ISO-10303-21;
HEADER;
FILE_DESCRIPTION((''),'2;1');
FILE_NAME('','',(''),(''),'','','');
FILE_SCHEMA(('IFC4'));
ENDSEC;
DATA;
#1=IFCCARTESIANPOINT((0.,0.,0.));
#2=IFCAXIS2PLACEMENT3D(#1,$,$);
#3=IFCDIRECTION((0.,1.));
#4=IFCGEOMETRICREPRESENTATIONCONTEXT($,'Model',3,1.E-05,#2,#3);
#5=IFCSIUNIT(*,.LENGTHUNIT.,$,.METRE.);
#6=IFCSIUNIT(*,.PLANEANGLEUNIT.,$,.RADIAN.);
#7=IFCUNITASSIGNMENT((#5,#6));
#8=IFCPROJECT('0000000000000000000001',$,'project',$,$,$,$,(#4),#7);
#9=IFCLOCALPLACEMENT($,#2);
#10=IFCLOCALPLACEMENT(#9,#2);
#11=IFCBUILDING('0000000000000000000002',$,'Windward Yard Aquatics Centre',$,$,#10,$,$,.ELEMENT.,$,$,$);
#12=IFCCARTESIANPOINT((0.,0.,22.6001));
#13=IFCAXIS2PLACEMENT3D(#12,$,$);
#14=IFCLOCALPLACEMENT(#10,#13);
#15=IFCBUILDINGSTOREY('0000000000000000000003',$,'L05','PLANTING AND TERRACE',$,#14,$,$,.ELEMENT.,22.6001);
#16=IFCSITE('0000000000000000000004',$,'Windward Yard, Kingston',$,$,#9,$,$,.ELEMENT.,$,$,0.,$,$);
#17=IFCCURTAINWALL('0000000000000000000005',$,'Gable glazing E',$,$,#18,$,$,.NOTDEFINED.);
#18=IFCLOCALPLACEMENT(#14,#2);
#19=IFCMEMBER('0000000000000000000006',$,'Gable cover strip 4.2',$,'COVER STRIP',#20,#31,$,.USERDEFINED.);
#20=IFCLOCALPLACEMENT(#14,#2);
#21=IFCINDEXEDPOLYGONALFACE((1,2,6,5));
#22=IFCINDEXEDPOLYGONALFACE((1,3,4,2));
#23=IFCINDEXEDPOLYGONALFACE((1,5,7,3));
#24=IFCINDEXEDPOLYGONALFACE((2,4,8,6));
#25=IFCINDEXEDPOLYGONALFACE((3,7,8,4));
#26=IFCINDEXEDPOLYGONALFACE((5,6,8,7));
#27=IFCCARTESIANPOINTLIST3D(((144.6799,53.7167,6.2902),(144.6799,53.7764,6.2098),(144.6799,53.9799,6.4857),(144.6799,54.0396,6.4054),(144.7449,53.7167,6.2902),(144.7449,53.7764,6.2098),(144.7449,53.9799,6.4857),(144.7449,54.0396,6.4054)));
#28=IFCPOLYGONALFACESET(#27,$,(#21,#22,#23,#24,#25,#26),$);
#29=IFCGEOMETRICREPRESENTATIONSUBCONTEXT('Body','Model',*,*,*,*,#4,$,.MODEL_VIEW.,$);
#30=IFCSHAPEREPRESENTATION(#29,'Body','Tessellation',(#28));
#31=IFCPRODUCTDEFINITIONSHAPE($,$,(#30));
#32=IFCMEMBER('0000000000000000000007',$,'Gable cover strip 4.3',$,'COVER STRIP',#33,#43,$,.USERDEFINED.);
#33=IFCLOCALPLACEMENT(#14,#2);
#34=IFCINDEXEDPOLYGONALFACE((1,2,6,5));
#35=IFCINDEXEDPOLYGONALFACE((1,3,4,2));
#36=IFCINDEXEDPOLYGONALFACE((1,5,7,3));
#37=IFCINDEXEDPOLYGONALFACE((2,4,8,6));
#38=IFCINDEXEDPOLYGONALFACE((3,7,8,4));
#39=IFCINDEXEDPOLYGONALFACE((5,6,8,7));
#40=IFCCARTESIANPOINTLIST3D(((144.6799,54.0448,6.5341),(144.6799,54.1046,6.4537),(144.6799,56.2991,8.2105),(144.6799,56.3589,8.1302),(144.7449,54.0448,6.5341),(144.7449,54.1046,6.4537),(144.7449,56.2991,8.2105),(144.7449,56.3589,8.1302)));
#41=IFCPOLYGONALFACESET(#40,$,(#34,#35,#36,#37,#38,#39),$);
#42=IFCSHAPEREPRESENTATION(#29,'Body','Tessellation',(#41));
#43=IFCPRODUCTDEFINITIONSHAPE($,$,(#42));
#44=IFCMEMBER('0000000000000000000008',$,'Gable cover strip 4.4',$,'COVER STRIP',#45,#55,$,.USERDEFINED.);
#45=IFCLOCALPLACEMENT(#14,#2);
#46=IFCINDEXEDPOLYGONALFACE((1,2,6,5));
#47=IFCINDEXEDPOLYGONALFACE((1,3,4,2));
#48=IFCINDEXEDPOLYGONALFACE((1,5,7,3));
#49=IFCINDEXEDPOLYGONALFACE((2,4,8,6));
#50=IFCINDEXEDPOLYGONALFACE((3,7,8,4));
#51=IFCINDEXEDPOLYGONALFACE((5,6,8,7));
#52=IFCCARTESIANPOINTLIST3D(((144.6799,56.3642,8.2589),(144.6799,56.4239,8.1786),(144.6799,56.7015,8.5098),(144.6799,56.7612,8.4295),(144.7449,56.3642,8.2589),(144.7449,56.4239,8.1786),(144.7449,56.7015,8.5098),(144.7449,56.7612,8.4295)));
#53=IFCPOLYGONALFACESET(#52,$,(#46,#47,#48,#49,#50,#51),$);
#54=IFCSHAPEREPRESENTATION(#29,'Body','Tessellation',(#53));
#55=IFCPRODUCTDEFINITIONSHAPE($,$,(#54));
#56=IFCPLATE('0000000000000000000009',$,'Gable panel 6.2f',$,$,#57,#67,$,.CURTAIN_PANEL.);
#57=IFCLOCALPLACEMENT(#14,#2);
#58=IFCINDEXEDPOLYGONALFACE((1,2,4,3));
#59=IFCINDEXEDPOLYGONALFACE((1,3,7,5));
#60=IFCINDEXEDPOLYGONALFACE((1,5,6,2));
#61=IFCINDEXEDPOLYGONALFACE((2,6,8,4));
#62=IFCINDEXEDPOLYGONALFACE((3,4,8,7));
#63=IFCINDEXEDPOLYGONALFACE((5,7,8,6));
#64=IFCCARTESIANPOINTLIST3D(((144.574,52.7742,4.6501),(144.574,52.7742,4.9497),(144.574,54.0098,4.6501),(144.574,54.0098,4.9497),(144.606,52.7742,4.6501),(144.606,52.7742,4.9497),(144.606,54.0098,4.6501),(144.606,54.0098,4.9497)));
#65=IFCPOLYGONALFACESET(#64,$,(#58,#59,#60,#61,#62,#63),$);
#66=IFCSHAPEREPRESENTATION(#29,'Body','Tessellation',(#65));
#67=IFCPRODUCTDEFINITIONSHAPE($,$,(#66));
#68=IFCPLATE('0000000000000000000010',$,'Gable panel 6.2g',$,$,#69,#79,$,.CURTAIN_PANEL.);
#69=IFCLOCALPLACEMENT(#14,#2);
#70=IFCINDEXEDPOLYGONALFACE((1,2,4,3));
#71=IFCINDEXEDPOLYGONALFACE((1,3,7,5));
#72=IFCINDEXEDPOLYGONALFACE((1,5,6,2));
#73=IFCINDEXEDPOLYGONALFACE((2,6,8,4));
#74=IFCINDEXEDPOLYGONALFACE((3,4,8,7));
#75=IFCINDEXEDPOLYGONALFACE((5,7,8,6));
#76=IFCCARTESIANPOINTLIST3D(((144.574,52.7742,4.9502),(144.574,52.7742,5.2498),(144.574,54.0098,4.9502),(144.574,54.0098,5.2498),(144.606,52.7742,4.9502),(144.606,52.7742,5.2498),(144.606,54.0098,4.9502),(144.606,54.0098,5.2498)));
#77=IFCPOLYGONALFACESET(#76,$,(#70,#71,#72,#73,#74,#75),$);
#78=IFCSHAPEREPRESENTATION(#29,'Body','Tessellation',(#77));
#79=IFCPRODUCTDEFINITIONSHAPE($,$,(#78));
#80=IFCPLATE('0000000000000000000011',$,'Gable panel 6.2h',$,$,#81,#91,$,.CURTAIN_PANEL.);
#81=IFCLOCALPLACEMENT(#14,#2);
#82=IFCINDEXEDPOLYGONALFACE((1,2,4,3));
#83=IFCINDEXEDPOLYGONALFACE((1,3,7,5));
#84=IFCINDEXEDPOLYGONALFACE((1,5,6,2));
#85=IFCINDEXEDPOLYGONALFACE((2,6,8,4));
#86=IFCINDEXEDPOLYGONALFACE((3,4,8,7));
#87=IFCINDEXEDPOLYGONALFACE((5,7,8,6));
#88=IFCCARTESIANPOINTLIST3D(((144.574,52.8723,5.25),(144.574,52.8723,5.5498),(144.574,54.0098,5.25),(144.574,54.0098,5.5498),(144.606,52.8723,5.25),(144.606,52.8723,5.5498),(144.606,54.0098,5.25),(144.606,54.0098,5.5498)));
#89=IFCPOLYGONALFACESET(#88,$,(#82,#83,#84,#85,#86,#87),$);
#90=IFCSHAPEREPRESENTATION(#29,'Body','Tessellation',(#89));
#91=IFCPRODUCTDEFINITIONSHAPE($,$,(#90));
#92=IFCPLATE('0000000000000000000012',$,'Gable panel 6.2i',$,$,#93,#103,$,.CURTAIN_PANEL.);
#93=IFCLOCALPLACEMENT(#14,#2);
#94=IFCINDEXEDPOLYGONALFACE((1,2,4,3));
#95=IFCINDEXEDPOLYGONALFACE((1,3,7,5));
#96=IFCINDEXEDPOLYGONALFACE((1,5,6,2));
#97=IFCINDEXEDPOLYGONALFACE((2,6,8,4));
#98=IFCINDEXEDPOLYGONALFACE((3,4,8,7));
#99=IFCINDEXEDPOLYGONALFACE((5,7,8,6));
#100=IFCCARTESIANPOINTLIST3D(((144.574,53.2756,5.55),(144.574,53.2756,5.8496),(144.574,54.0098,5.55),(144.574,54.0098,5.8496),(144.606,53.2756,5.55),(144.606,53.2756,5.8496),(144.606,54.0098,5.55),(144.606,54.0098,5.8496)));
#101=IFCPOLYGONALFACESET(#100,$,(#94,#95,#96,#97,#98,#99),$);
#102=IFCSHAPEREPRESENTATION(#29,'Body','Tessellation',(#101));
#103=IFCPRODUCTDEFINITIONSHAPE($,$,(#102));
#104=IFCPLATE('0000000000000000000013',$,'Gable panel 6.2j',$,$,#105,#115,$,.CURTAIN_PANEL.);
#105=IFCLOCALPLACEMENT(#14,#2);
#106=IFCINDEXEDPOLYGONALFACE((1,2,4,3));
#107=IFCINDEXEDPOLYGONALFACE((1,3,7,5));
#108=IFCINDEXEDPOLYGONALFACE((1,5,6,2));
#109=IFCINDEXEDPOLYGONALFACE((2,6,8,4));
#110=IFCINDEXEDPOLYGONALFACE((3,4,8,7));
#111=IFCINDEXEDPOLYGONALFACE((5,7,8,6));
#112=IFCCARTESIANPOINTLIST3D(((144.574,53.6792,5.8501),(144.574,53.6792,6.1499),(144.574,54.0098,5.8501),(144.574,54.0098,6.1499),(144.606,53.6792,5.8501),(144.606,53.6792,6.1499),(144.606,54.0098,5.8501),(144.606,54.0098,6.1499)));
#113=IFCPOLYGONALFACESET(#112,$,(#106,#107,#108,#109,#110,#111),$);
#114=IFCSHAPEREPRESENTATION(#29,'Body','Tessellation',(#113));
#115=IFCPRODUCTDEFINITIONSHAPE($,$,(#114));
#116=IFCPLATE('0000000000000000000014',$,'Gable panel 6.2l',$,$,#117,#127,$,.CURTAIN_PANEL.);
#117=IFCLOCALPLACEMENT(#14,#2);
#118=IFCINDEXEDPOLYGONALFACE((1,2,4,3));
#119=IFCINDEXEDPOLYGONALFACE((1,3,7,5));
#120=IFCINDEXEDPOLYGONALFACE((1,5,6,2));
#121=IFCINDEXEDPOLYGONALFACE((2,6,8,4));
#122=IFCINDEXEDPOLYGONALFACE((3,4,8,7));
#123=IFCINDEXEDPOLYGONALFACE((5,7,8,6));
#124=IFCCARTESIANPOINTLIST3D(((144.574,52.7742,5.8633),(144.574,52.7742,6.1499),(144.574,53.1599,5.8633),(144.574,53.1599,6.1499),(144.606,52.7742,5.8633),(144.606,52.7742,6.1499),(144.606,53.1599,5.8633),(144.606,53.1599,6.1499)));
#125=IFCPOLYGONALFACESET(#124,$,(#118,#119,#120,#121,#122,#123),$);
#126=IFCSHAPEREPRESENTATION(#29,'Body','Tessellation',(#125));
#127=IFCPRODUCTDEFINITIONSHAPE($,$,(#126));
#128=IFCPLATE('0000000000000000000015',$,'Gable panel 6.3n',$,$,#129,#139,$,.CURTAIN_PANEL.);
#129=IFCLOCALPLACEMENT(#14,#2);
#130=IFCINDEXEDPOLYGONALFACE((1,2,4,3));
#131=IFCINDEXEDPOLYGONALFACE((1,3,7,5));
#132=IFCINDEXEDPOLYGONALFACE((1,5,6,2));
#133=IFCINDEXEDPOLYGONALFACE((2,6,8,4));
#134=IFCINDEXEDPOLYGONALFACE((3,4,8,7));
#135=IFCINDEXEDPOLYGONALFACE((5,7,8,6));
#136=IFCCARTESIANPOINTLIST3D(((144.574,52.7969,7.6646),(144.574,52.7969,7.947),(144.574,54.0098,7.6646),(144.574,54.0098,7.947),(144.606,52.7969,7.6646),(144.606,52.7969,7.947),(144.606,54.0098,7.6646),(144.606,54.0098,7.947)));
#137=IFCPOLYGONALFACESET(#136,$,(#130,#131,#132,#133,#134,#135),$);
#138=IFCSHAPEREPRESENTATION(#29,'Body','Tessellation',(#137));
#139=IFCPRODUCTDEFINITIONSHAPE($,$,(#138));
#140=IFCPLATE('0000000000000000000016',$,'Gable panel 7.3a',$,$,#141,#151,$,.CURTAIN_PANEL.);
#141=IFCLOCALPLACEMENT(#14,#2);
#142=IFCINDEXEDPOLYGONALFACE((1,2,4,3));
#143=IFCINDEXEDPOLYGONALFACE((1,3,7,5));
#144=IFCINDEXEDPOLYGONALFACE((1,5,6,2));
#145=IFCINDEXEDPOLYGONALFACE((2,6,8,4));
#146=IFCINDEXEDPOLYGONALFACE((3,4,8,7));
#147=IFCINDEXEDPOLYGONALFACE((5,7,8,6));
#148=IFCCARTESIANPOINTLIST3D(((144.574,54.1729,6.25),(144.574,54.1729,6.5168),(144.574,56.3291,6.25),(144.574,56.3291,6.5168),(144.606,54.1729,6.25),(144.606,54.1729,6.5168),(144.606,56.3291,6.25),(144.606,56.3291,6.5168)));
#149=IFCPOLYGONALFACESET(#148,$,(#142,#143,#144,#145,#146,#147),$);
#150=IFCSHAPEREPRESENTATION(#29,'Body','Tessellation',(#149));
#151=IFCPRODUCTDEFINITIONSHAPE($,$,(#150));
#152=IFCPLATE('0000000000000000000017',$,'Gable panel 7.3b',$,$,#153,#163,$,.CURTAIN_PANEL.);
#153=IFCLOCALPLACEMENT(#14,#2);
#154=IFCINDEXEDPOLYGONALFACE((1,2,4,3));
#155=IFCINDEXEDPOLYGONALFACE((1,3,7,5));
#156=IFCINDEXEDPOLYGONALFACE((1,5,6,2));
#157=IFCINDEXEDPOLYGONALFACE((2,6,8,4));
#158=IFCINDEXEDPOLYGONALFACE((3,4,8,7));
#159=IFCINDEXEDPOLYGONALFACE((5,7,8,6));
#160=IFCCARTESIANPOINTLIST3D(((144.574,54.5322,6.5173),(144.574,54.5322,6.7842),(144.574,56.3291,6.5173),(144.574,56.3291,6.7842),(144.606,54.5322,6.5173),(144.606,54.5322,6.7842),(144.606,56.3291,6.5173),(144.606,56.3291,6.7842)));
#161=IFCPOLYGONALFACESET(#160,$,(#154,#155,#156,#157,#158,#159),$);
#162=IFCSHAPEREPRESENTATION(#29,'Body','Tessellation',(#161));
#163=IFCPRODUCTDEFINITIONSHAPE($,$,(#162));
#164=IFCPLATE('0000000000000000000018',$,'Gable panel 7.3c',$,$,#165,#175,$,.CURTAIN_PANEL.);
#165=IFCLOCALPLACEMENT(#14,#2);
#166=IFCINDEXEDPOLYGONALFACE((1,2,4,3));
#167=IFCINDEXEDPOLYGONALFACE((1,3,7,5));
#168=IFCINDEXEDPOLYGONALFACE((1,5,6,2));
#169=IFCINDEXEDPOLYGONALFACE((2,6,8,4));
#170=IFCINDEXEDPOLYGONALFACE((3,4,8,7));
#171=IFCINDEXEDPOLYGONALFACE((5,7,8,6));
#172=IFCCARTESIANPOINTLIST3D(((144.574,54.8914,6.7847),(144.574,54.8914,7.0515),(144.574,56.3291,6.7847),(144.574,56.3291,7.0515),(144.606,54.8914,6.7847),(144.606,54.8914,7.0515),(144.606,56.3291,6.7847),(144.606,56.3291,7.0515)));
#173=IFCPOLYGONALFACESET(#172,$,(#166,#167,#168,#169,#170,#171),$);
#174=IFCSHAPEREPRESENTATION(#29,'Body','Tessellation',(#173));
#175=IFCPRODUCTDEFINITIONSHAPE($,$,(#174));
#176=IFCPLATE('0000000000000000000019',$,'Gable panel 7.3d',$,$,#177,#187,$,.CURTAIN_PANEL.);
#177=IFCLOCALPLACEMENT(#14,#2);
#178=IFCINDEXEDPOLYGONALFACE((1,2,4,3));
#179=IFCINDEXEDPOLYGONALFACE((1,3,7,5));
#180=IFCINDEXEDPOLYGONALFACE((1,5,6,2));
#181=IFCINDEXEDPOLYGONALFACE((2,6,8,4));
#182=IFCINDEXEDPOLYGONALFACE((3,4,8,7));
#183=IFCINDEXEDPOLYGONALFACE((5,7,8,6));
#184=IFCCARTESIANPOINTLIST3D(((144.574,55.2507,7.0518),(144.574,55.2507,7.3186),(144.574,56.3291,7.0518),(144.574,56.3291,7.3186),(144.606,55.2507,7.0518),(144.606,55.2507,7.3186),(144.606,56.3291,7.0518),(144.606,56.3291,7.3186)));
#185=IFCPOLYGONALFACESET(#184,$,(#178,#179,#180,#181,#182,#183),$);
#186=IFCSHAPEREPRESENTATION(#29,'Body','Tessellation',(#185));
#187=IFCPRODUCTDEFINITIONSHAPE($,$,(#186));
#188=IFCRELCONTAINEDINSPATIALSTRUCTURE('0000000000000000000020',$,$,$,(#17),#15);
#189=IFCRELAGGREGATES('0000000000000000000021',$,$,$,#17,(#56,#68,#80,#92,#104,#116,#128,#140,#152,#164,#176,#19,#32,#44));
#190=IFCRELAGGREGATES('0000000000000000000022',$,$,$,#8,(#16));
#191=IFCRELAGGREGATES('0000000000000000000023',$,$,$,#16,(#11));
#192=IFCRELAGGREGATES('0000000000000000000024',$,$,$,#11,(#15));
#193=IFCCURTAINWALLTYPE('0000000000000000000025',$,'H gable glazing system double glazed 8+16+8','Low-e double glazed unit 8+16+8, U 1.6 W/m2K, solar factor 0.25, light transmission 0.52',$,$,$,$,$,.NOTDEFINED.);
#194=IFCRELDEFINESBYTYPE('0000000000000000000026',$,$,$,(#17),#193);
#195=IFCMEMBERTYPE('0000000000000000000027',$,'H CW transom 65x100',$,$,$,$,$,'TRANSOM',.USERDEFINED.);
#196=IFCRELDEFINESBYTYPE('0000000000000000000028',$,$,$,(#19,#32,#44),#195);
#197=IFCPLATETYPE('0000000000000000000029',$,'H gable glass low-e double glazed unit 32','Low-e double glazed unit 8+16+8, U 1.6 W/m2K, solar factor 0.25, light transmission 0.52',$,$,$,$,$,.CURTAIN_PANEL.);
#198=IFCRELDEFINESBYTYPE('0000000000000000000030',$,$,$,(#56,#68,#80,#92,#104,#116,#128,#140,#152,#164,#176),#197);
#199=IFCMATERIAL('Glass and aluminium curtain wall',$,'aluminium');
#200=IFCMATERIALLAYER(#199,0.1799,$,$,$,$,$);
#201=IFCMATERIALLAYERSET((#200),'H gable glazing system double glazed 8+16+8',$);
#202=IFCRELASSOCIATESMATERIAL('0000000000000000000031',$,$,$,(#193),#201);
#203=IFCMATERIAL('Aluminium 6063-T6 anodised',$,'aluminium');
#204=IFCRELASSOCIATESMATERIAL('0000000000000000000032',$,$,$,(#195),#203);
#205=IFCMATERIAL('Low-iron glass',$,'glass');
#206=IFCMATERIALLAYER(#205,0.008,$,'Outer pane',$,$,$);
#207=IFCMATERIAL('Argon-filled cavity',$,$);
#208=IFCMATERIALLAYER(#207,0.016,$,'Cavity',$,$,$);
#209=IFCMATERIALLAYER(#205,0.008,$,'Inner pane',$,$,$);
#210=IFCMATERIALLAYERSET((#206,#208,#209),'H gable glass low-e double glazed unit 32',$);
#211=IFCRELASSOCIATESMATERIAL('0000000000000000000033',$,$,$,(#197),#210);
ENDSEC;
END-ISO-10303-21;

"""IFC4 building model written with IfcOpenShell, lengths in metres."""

from ifc_helpers import new_model, si_unit, direction, frame, origin, origin_2d, place, context, subcontext, project, spatial, polyline, rectangle, outline, extrude, material, layer, layer_set, material_profile, profile_set, type_object, element, aggregate, save


model = new_model("IFC4")

# Units and contexts
model_context = context("Model", 3, precision=1e-05, world=origin(), true_north=direction((0.0, 1.0)))
body_context = subcontext(model_context, "Body", "Model", "MODEL_VIEW")
ifc_project = project(units=[si_unit("LENGTHUNIT", "METRE"), si_unit("PLANEANGLEUNIT", "RADIAN")], contexts=[model_context])

# Site, building, storey
site_placement = place(None, origin())
site = spatial("IfcSite", under=ifc_project, at=site_placement, Name="Windward Yard, Kingston", CompositionType="ELEMENT", RefElevation=0.0)
building_placement = place(site_placement, origin())
building = spatial("IfcBuilding", under=site, at=building_placement, Name="Windward Yard Aquatics Centre", CompositionType="ELEMENT")
storey_placement = place(building_placement, frame((0.0, 0.0, 22.6001)))
storey = spatial("IfcBuildingStorey", under=building, at=storey_placement, Name="L05", Description="PLANTING AND TERRACE", CompositionType="ELEMENT", Elevation=22.6001)

# Curtain wall, members, plates
ifc_material_1 = material(Name="Glass and aluminium curtain wall", Category="aluminium")
ifc_layer_1 = layer(ifc_material_1, 0.1799)
ifc_layer_set_1 = layer_set([ifc_layer_1], Name="H gable glazing system double glazed 8+16+8")
curtain_wall_type = type_object("IfcCurtainWallType", Name="H gable glazing system double glazed 8+16+8", Description="Low-e double glazed unit 8+16+8, U 1.6 W/m2K, solar factor 0.25, light transmission 0.52", PredefinedType="NOTDEFINED", material=ifc_layer_set_1)
curtain_wall_placement = place(storey_placement, origin())
curtain_wall = element("IfcCurtainWall", 1, at=curtain_wall_placement, inside=storey, type_object=curtain_wall_type, Name="Gable glazing E", PredefinedType="NOTDEFINED")
ifc_material_2 = material(Name="Aluminium 6063-T6 anodised", Category="aluminium")
ifc_material_profile = material_profile(ifc_material_2, rectangle(XDim=0.0649, YDim=0.1001, at=origin_2d()), Name="H CW transom 65x100")
ifc_profile_set = profile_set([ifc_material_profile], Name="Aluminium 6063-T6 anodised")
member_type = type_object("IfcMemberType", Name="H CW transom 65x100", ElementType="TRANSOM", PredefinedType="USERDEFINED", material=ifc_profile_set)
member_1_placement = place(storey_placement, frame((144.7124, 53.7466, 6.25), z_axis=(0.0, 0.802673, 0.59642), x_axis=(-1.0, 0.0, 0.0)))
member_1 = element("IfcMember", 2, at=member_1_placement, type_object=member_type, Name="Gable cover strip 4.2", ObjectType="COVER STRIP", PredefinedType="USERDEFINED", context=body_context, shape_type="SweptSolid", body=[
    extrude(rectangle(XDim=0.0649, YDim=0.1001, at=origin_2d()), origin(), (0.0, 0.0, 1.0), 0.3279),
])
member_2_placement = place(storey_placement, frame((144.7124, 54.0747, 6.4939), z_axis=(0.0, 0.802434, 0.596742), x_axis=(-1.0, 0.0, 0.0)))
member_2 = element("IfcMember", 3, at=member_2_placement, type_object=member_type, Name="Gable cover strip 4.3", ObjectType="COVER STRIP", PredefinedType="USERDEFINED", context=body_context, shape_type="SweptSolid", body=[
    extrude(rectangle(XDim=0.0649, YDim=0.1001, at=origin_2d()), origin(), (0.0, 0.0, 1.0), 2.8093),
])
member_3_placement = place(storey_placement, frame((144.7124, 56.394, 8.2188), z_axis=(0.0, 0.802363, 0.596837), x_axis=(-1.0, 0.0, 0.0)))
member_3 = element("IfcMember", 4, at=member_3_placement, type_object=member_type, Name="Gable cover strip 4.4", ObjectType="COVER STRIP", PredefinedType="USERDEFINED", context=body_context, shape_type="SweptSolid", body=[
    extrude(rectangle(XDim=0.0649, YDim=0.1001, at=origin_2d()), origin(), (0.0, 0.0, 1.0), 0.4204),
])
ifc_material_3 = material(Name="Low-iron glass", Category="glass")
ifc_layer_2 = layer(ifc_material_3, 0.008, Name="Outer pane")
ifc_material_4 = material(Name="Argon-filled cavity")
ifc_layer_3 = layer(ifc_material_4, 0.016, Name="Cavity")
ifc_layer_4 = layer(ifc_material_3, 0.008, Name="Inner pane")
ifc_layer_set_2 = layer_set([ifc_layer_2, ifc_layer_3, ifc_layer_4], Name="H gable glass low-e double glazed unit 32")
plate_type = type_object("IfcPlateType", Name="H gable glass low-e double glazed unit 32", Description="Low-e double glazed unit 8+16+8, U 1.6 W/m2K, solar factor 0.25, light transmission 0.52", PredefinedType="CURTAIN_PANEL", material=ifc_layer_set_2)
plate_1_placement = place(storey_placement, frame((144.606, 52.7742, 4.6501), z_axis=(1.0, 0.0, 0.0), x_axis=(0.0, 1.0, 0.0)))
plate_1 = element("IfcPlate", 5, at=plate_1_placement, type_object=plate_type, Name="Gable panel 6.2f", PredefinedType="CURTAIN_PANEL", context=body_context, shape_type="SweptSolid", body=[
    extrude(outline(polyline([(0.0, 0.0), (1.2356, 0.0), (1.2356, 0.2996), (0.0, 0.2996), (0.0, 0.0)])), origin(), (0.0, 0.0, -1.0), 0.032),
])
plate_2_placement = place(storey_placement, frame((144.606, 52.7742, 4.9502), z_axis=(1.0, 0.0, 0.0), x_axis=(0.0, 1.0, 0.0)))
plate_2 = element("IfcPlate", 6, at=plate_2_placement, type_object=plate_type, Name="Gable panel 6.2g", PredefinedType="CURTAIN_PANEL", context=body_context, shape_type="SweptSolid", body=[
    extrude(outline(polyline([(0.0, 0.0), (1.2356, 0.0), (1.2356, 0.2996), (0.0, 0.2996), (0.0, 0.0)])), origin(), (0.0, 0.0, -1.0), 0.032),
])
plate_3_placement = place(storey_placement, frame((144.606, 52.8723, 5.25), z_axis=(1.0, 0.0, 0.0), x_axis=(0.0, 1.0, 0.0)))
plate_3 = element("IfcPlate", 7, at=plate_3_placement, type_object=plate_type, Name="Gable panel 6.2h", PredefinedType="CURTAIN_PANEL", context=body_context, shape_type="SweptSolid", body=[
    extrude(outline(polyline([(0.0, 0.0), (1.1375, 0.0), (1.1375, 0.2998), (0.0, 0.2998), (0.0, 0.0)])), origin(), (0.0, 0.0, -1.0), 0.032),
])
plate_4_placement = place(storey_placement, frame((144.606, 53.2756, 5.55), z_axis=(1.0, 0.0, 0.0), x_axis=(0.0, 1.0, 0.0)))
plate_4 = element("IfcPlate", 8, at=plate_4_placement, type_object=plate_type, Name="Gable panel 6.2i", PredefinedType="CURTAIN_PANEL", context=body_context, shape_type="SweptSolid", body=[
    extrude(outline(polyline([(0.0, 0.0), (0.7341, 0.0), (0.7341, 0.2996), (0.0, 0.2996), (0.0, 0.0)])), origin(), (0.0, 0.0, -1.0), 0.032),
])
plate_5_placement = place(storey_placement, frame((144.606, 53.6792, 5.8501), z_axis=(1.0, 0.0, 0.0), x_axis=(0.0, 1.0, 0.0)))
plate_5 = element("IfcPlate", 9, at=plate_5_placement, type_object=plate_type, Name="Gable panel 6.2j", PredefinedType="CURTAIN_PANEL", context=body_context, shape_type="SweptSolid", body=[
    extrude(outline(polyline([(0.0, 0.0), (0.3306, 0.0), (0.3306, 0.2998), (0.0, 0.2998), (0.0, 0.0)])), origin(), (0.0, 0.0, -1.0), 0.032),
])
plate_6_placement = place(storey_placement, frame((144.606, 52.7742, 5.8633), z_axis=(1.0, 0.0, 0.0), x_axis=(0.0, 1.0, 0.0)))
plate_6 = element("IfcPlate", 10, at=plate_6_placement, type_object=plate_type, Name="Gable panel 6.2l", PredefinedType="CURTAIN_PANEL", context=body_context, shape_type="SweptSolid", body=[
    extrude(outline(polyline([(0.0, 0.0), (0.3857, 0.0), (0.3857, 0.2866), (0.0, 0.2866), (0.0, 0.0)])), origin(), (0.0, 0.0, -1.0), 0.032),
])
plate_7_placement = place(storey_placement, frame((144.606, 52.7969, 7.6646), z_axis=(1.0, 0.0, 0.0), x_axis=(0.0, 1.0, 0.0)))
plate_7 = element("IfcPlate", 11, at=plate_7_placement, type_object=plate_type, Name="Gable panel 6.3n", PredefinedType="CURTAIN_PANEL", context=body_context, shape_type="SweptSolid", body=[
    extrude(outline(polyline([(0.0, 0.0), (1.2129, 0.0), (1.2129, 0.2825), (0.0, 0.2825), (0.0, 0.0)])), origin(), (0.0, 0.0, -1.0), 0.032),
])
plate_8_placement = place(storey_placement, frame((144.606, 54.1729, 6.25), z_axis=(1.0, 0.0, 0.0), x_axis=(0.0, 1.0, 0.0)))
plate_8 = element("IfcPlate", 12, at=plate_8_placement, type_object=plate_type, Name="Gable panel 7.3a", PredefinedType="CURTAIN_PANEL", context=body_context, shape_type="SweptSolid", body=[
    extrude(outline(polyline([(0.0, 0.0), (2.1562, 0.0), (2.1562, 0.2668), (0.0, 0.2668), (0.0, 0.0)])), origin(), (0.0, 0.0, -1.0), 0.032),
])
plate_9_placement = place(storey_placement, frame((144.606, 54.5322, 6.5173), z_axis=(1.0, 0.0, 0.0), x_axis=(0.0, 1.0, 0.0)))
plate_9 = element("IfcPlate", 13, at=plate_9_placement, type_object=plate_type, Name="Gable panel 7.3b", PredefinedType="CURTAIN_PANEL", context=body_context, shape_type="SweptSolid", body=[
    extrude(outline(polyline([(0.0, 0.0), (1.7969, 0.0), (1.7969, 0.2668), (0.0, 0.2668), (0.0, 0.0)])), origin(), (0.0, 0.0, -1.0), 0.032),
])
plate_10_placement = place(storey_placement, frame((144.606, 54.8914, 6.7847), z_axis=(1.0, 0.0, 0.0), x_axis=(0.0, 1.0, 0.0)))
plate_10 = element("IfcPlate", 14, at=plate_10_placement, type_object=plate_type, Name="Gable panel 7.3c", PredefinedType="CURTAIN_PANEL", context=body_context, shape_type="SweptSolid", body=[
    extrude(outline(polyline([(0.0, 0.0), (1.4377, 0.0), (1.4377, 0.2668), (0.0, 0.2668), (0.0, 0.0)])), origin(), (0.0, 0.0, -1.0), 0.032),
])
plate_11_placement = place(storey_placement, frame((144.606, 55.2507, 7.0518), z_axis=(1.0, 0.0, 0.0), x_axis=(0.0, 1.0, 0.0)))
plate_11 = element("IfcPlate", 15, at=plate_11_placement, type_object=plate_type, Name="Gable panel 7.3d", PredefinedType="CURTAIN_PANEL", context=body_context, shape_type="SweptSolid", body=[
    extrude(outline(polyline([(0.0, 0.0), (1.0784, 0.0), (1.0784, 0.2668), (0.0, 0.2668), (0.0, 0.0)])), origin(), (0.0, 0.0, -1.0), 0.032),
])
aggregate(curtain_wall, [plate_1, plate_2, plate_3, plate_4, plate_5, plate_6, plate_7, plate_8, plate_9, plate_10, plate_11, member_1, member_2, member_3])

save(model, "model.ifc")
